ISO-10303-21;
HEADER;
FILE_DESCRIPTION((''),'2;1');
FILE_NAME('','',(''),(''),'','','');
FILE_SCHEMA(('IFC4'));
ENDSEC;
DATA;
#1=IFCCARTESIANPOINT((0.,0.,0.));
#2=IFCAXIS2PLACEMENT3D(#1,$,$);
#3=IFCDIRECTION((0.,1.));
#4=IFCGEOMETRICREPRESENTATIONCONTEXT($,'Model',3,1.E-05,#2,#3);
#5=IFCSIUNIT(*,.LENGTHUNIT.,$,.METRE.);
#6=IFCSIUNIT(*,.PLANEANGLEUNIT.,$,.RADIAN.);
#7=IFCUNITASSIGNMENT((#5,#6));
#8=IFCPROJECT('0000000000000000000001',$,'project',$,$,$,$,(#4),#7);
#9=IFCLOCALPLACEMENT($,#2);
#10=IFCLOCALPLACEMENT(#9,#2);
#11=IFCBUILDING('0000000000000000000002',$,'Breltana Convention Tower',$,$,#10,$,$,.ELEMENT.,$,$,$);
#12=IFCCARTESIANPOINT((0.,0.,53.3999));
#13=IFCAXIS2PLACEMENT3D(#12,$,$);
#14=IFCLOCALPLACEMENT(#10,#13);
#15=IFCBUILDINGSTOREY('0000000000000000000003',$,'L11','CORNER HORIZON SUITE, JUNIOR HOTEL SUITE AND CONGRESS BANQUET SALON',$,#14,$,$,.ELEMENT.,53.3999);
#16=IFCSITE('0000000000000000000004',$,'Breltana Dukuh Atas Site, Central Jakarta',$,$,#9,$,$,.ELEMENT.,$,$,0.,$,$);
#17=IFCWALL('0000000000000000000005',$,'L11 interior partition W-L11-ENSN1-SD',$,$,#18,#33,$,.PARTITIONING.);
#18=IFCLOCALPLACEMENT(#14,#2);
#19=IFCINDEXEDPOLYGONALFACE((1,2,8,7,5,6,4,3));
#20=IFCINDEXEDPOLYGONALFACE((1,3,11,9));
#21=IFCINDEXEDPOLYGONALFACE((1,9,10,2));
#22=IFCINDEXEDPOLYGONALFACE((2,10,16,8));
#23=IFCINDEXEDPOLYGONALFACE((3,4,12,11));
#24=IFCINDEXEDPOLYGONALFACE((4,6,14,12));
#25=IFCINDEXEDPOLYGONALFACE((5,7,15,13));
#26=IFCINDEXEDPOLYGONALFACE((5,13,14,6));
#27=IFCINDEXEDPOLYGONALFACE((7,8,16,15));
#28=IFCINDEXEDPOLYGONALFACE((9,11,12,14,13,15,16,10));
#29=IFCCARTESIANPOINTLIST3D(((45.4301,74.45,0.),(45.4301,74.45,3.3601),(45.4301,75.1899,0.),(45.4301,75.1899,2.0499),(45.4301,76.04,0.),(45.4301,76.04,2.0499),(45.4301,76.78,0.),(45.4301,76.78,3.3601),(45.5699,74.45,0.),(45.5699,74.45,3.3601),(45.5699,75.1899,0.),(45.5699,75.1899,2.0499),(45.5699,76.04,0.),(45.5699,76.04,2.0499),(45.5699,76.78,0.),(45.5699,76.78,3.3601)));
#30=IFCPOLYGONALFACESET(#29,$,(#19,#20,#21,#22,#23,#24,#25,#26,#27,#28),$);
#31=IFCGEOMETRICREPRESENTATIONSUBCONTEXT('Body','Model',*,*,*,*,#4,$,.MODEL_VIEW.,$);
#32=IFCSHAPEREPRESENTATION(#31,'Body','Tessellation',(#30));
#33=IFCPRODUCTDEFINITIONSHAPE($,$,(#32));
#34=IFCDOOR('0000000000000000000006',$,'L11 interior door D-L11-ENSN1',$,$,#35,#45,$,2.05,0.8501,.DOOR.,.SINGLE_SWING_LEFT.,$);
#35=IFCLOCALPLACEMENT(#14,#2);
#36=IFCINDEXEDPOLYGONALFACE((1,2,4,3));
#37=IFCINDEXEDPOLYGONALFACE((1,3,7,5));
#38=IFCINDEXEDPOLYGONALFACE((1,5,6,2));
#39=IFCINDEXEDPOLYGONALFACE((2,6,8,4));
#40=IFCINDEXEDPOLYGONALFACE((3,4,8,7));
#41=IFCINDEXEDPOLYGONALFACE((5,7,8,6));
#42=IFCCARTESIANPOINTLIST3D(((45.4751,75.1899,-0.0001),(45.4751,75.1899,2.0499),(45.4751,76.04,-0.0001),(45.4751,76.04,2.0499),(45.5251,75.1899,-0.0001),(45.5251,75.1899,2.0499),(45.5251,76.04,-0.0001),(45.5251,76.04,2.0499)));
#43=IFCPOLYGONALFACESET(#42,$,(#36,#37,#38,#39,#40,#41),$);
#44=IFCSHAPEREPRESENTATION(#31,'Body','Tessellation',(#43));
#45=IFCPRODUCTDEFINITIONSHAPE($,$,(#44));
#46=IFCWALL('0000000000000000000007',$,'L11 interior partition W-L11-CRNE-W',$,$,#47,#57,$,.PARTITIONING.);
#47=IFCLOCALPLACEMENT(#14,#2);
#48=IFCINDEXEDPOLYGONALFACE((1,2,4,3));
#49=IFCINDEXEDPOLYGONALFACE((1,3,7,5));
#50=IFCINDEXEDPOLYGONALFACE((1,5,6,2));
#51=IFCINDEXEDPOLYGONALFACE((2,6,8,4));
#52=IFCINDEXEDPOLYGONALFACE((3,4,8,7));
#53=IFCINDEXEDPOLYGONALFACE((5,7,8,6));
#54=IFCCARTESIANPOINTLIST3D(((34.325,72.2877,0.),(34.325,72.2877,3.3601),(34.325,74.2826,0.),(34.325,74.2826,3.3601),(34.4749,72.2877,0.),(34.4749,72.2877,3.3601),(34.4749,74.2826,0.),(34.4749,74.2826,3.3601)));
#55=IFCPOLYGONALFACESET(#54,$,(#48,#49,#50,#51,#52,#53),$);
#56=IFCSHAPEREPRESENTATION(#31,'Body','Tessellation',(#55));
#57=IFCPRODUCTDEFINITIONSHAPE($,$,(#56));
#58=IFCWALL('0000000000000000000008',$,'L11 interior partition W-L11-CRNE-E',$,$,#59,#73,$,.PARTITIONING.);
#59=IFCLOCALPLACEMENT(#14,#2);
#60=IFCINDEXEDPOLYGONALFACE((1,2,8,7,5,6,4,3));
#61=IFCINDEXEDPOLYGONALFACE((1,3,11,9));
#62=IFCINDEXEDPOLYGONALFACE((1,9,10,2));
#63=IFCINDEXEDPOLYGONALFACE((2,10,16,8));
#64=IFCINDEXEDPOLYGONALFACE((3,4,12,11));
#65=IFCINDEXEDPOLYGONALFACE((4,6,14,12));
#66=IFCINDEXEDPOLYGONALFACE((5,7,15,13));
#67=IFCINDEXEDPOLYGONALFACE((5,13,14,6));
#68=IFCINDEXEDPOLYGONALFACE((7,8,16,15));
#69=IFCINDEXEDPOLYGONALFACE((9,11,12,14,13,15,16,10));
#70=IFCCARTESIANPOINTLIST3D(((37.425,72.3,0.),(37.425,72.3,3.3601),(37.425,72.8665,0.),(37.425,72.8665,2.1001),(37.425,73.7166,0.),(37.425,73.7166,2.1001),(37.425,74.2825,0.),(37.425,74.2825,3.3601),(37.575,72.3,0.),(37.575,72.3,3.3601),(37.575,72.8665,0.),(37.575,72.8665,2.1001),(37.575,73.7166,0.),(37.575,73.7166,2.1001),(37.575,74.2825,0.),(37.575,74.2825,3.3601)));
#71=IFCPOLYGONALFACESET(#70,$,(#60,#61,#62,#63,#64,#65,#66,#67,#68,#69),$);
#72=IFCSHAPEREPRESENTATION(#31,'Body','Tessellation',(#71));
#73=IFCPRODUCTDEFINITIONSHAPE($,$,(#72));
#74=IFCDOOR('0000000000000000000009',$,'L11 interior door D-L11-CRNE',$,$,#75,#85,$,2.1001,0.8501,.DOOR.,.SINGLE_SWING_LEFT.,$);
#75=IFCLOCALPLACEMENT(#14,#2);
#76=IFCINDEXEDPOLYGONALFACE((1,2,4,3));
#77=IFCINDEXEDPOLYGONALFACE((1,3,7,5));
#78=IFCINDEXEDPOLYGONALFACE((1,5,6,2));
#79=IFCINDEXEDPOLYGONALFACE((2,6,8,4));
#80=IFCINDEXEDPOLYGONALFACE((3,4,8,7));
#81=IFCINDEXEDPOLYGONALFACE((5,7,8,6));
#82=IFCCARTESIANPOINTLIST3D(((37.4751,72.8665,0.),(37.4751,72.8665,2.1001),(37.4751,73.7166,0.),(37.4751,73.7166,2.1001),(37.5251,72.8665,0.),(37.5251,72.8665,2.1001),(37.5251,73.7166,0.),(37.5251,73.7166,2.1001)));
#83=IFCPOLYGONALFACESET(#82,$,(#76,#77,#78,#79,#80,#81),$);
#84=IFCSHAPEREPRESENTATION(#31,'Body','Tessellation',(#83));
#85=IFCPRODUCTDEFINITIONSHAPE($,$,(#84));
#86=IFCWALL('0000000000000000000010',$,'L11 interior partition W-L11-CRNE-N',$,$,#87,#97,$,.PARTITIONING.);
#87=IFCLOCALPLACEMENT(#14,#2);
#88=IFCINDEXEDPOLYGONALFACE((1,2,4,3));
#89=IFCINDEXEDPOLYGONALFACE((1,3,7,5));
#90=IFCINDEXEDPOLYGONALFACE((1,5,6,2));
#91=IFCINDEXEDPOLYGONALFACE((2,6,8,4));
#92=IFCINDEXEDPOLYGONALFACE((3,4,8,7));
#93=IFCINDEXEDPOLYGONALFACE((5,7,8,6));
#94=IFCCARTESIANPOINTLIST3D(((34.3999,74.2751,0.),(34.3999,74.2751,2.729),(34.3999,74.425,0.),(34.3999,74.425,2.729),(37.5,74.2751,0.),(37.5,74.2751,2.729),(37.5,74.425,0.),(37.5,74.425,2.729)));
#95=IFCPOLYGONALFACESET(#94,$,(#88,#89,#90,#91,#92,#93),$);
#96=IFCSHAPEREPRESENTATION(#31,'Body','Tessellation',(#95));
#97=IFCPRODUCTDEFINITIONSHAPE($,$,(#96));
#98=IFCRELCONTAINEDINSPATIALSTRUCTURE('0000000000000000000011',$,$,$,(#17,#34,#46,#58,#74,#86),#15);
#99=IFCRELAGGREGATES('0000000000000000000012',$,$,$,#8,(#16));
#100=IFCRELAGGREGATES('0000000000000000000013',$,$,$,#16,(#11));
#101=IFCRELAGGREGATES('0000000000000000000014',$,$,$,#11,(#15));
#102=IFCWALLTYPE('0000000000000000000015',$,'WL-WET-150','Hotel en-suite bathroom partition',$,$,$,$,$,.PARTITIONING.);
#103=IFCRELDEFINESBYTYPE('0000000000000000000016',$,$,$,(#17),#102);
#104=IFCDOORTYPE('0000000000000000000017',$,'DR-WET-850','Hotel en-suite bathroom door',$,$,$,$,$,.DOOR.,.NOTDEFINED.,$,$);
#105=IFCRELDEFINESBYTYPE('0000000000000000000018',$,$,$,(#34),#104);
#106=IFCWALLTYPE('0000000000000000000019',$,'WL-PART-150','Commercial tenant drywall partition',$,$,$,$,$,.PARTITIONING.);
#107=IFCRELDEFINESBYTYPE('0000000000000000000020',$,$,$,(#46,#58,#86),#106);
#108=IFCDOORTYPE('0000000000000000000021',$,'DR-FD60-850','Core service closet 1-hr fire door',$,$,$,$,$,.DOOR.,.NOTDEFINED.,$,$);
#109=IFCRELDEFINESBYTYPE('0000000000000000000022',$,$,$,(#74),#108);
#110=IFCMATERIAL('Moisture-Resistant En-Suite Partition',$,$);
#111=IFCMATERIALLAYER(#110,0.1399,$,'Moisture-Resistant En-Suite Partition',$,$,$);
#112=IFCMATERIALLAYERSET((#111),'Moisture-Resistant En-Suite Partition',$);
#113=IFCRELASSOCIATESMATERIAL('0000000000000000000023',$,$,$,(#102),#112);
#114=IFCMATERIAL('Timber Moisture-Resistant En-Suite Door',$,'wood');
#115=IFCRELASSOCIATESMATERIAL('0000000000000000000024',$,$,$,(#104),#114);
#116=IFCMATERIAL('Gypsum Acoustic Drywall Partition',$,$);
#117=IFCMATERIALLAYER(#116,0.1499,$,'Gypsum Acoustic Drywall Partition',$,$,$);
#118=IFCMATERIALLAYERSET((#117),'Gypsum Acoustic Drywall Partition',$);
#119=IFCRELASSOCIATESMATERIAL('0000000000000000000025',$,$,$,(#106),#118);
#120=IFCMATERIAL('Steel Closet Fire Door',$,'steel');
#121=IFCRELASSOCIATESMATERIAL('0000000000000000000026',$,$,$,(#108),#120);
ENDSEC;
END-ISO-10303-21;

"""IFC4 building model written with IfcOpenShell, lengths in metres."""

from ifc_helpers import new_model, si_unit, direction, frame, frame_2d, origin, place, context, subcontext, project, spatial, rectangle, extrude, source, transform, mapped, material, layer, layer_set, type_object, type_shapes, element, fill, save


model = new_model("IFC4")

# Units and contexts
model_context = context("Model", 3, precision=1e-05, world=origin(), true_north=direction((0.0, 1.0)))
body_context = subcontext(model_context, "Body", "Model", "MODEL_VIEW")
ifc_project = project(units=[si_unit("LENGTHUNIT", "METRE"), si_unit("PLANEANGLEUNIT", "RADIAN")], contexts=[model_context])

# Site, building, storey
site_placement = place(None, origin())
site = spatial("IfcSite", under=ifc_project, at=site_placement, Name="Breltana Dukuh Atas Site, Central Jakarta", CompositionType="ELEMENT", RefElevation=0.0)
building_placement = place(site_placement, origin())
building = spatial("IfcBuilding", under=site, at=building_placement, Name="Breltana Convention Tower", CompositionType="ELEMENT")
storey_placement = place(building_placement, frame((0.0, 0.0, 53.3999)))
storey = spatial("IfcBuildingStorey", under=building, at=storey_placement, Name="L11", Description="CORNER HORIZON SUITE, JUNIOR HOTEL SUITE AND CONGRESS BANQUET SALON", CompositionType="ELEMENT", Elevation=53.3999)

# Shared definitions
ifc_material_1 = material(Name="Moisture-Resistant En-Suite Partition")
ifc_layer_1 = layer(ifc_material_1, 0.1399, Name="Moisture-Resistant En-Suite Partition")
ifc_layer_set_1 = layer_set([ifc_layer_1], Name="Moisture-Resistant En-Suite Partition")
wall_type_1 = type_object("IfcWallType", Name="WL-WET-150", Description="Hotel en-suite bathroom partition", PredefinedType="PARTITIONING", material=ifc_layer_set_1)

# Wall, opening, door
shared_shape_1 = source(origin(), body_context, "Body", "SweptSolid", [
    extrude(rectangle(XDim=2.3301, YDim=0.1399, at=frame_2d((1.165, 0.0))), origin(), (0.0, 0.0, 1.0), 3.3601),
])
wall_1_placement = place(storey_placement, frame((45.5, 74.45, 0.0), z_axis=(0.0, 0.0, 1.0), x_axis=(0.0, 1.0, 0.0)))
wall_1 = element("IfcWall", 1, at=wall_1_placement, inside=storey, type_object=wall_type_1, Name="L11 interior partition W-L11-ENSN1-SD", PredefinedType="PARTITIONING", context=body_context, shape_type="MappedRepresentation", body=[
    mapped(shared_shape_1, transform((0.0, 0.0, 0.0), scale=1.0)),
])
opening_1_placement = place(wall_1_placement, frame((0.74, 0.0, 0.0)))
opening_1 = element("IfcOpeningElement", 2, at=opening_1_placement, cuts=wall_1, PredefinedType="OPENING", context=body_context, shape_type="SweptSolid", body=[
    extrude(rectangle(XDim=0.8501, YDim=2.05, at=frame_2d((0.425, 1.0249))), frame((0.0, 0.0801, 0.0), z_axis=(0.0, -1.0, 0.0), x_axis=(1.0, 0.0, 0.0)), (0.0, 0.0, 1.0), 0.1599),
])
ifc_material_2 = material(Name="Timber Moisture-Resistant En-Suite Door", Category="wood")
door_type_1 = type_object("IfcDoorType", Name="DR-WET-850", Description="Hotel en-suite bathroom door", OperationType="NOTDEFINED", PredefinedType="DOOR", material=ifc_material_2)
shared_shape_2 = source(origin(), body_context, "Body", "SweptSolid", [
    extrude(rectangle(XDim=0.8501, YDim=2.05, at=frame_2d((0.425, 1.0249))), frame((0.0, 0.0249, 0.0), z_axis=(0.0, -1.0, 0.0), x_axis=(1.0, 0.0, 0.0)), (0.0, 0.0, 1.0), 0.05),
])
type_shapes(door_type_1, [shared_shape_2])
door_1_placement = place(opening_1_placement, origin())
door_1 = element("IfcDoor", 3, at=door_1_placement, inside=storey, type_object=door_type_1, Name="L11 interior door D-L11-ENSN1", OperationType="SINGLE_SWING_LEFT", OverallHeight=2.05, OverallWidth=0.8501, PredefinedType="DOOR", context=body_context, shape_type="MappedRepresentation", body=[
    mapped(shared_shape_2, transform((0.0, 0.0, 0.0), scale=1.0)),
])
fill(opening_1, door_1)

# Wall
ifc_material_3 = material(Name="Gypsum Acoustic Drywall Partition")
ifc_layer_2 = layer(ifc_material_3, 0.1499, Name="Gypsum Acoustic Drywall Partition")
ifc_layer_set_2 = layer_set([ifc_layer_2], Name="Gypsum Acoustic Drywall Partition")
wall_type_2 = type_object("IfcWallType", Name="WL-PART-150", Description="Commercial tenant drywall partition", PredefinedType="PARTITIONING", material=ifc_layer_set_2)
shared_shape_3 = source(origin(), body_context, "Body", "SweptSolid", [
    extrude(rectangle(XDim=1.9949, YDim=0.1499, at=frame_2d((0.9976, 0.0))), origin(), (0.0, 0.0, 1.0), 3.3601),
])
wall_2_placement = place(storey_placement, frame((34.3999, 72.2876, 0.0), z_axis=(0.0, 0.0, 1.0), x_axis=(0.0, 1.0, 0.0)))
element("IfcWall", 4, at=wall_2_placement, inside=storey, type_object=wall_type_2, Name="L11 interior partition W-L11-CRNE-W", PredefinedType="PARTITIONING", context=body_context, shape_type="MappedRepresentation", body=[
    mapped(shared_shape_3, transform((0.0, 0.0, 0.0), scale=1.0)),
])

# Wall, opening, door
shared_shape_4 = source(origin(), body_context, "Body", "SweptSolid", [
    extrude(rectangle(XDim=1.9824, YDim=0.1499, at=frame_2d((0.9912, 0.0))), origin(), (0.0, 0.0, 1.0), 3.3601),
])
wall_3_placement = place(storey_placement, frame((37.5, 72.3, 0.0), z_axis=(0.0, 0.0, 1.0), x_axis=(0.0, 1.0, 0.0)))
wall_3 = element("IfcWall", 5, at=wall_3_placement, inside=storey, type_object=wall_type_2, Name="L11 interior partition W-L11-CRNE-E", PredefinedType="PARTITIONING", context=body_context, shape_type="MappedRepresentation", body=[
    mapped(shared_shape_4, transform((0.0, 0.0, 0.0), scale=1.0)),
])
opening_2_placement = place(wall_3_placement, frame((0.5664, 0.0, 0.0)))
opening_2 = element("IfcOpeningElement", 6, at=opening_2_placement, cuts=wall_3, PredefinedType="OPENING", context=body_context, shape_type="SweptSolid", body=[
    extrude(rectangle(XDim=0.8501, YDim=2.1001, at=frame_2d((0.425, 1.05))), frame((0.0, 0.085, 0.0), z_axis=(0.0, -1.0, 0.0), x_axis=(1.0, 0.0, 0.0)), (0.0, 0.0, 1.0), 0.1699),
])
ifc_material_4 = material(Name="Steel Closet Fire Door", Category="steel")
door_type_2 = type_object("IfcDoorType", Name="DR-FD60-850", Description="Core service closet 1-hr fire door", OperationType="NOTDEFINED", PredefinedType="DOOR", material=ifc_material_4)
shared_shape_5 = source(origin(), body_context, "Body", "SweptSolid", [
    extrude(rectangle(XDim=0.8501, YDim=2.1001, at=frame_2d((0.425, 1.05))), frame((0.0, 0.0249, 0.0), z_axis=(0.0, -1.0, 0.0), x_axis=(1.0, 0.0, 0.0)), (0.0, 0.0, 1.0), 0.05),
])
type_shapes(door_type_2, [shared_shape_5])
door_2_placement = place(opening_2_placement, origin())
door_2 = element("IfcDoor", 7, at=door_2_placement, inside=storey, type_object=door_type_2, Name="L11 interior door D-L11-CRNE", OperationType="SINGLE_SWING_LEFT", OverallHeight=2.1001, OverallWidth=0.8501, PredefinedType="DOOR", context=body_context, shape_type="MappedRepresentation", body=[
    mapped(shared_shape_5, transform((0.0, 0.0, 0.0), scale=1.0)),
])
fill(opening_2, door_2)

# Wall
shared_shape_6 = source(origin(), body_context, "Body", "SweptSolid", [
    extrude(rectangle(XDim=3.1001, YDim=0.1499, at=frame_2d((1.55, 0.0))), origin(), (0.0, 0.0, 1.0), 2.729),
])
wall_4_placement = place(storey_placement, frame((34.3999, 74.3501, 0.0), z_axis=(0.0, 0.0, 1.0), x_axis=(1.0, 0.0, 0.0)))
element("IfcWall", 8, at=wall_4_placement, inside=storey, type_object=wall_type_2, Name="L11 interior partition W-L11-CRNE-N", PredefinedType="PARTITIONING", context=body_context, shape_type="MappedRepresentation", body=[
    mapped(shared_shape_6, transform((0.0, 0.0, 0.0), scale=1.0)),
])

save(model, "model.ifc")
